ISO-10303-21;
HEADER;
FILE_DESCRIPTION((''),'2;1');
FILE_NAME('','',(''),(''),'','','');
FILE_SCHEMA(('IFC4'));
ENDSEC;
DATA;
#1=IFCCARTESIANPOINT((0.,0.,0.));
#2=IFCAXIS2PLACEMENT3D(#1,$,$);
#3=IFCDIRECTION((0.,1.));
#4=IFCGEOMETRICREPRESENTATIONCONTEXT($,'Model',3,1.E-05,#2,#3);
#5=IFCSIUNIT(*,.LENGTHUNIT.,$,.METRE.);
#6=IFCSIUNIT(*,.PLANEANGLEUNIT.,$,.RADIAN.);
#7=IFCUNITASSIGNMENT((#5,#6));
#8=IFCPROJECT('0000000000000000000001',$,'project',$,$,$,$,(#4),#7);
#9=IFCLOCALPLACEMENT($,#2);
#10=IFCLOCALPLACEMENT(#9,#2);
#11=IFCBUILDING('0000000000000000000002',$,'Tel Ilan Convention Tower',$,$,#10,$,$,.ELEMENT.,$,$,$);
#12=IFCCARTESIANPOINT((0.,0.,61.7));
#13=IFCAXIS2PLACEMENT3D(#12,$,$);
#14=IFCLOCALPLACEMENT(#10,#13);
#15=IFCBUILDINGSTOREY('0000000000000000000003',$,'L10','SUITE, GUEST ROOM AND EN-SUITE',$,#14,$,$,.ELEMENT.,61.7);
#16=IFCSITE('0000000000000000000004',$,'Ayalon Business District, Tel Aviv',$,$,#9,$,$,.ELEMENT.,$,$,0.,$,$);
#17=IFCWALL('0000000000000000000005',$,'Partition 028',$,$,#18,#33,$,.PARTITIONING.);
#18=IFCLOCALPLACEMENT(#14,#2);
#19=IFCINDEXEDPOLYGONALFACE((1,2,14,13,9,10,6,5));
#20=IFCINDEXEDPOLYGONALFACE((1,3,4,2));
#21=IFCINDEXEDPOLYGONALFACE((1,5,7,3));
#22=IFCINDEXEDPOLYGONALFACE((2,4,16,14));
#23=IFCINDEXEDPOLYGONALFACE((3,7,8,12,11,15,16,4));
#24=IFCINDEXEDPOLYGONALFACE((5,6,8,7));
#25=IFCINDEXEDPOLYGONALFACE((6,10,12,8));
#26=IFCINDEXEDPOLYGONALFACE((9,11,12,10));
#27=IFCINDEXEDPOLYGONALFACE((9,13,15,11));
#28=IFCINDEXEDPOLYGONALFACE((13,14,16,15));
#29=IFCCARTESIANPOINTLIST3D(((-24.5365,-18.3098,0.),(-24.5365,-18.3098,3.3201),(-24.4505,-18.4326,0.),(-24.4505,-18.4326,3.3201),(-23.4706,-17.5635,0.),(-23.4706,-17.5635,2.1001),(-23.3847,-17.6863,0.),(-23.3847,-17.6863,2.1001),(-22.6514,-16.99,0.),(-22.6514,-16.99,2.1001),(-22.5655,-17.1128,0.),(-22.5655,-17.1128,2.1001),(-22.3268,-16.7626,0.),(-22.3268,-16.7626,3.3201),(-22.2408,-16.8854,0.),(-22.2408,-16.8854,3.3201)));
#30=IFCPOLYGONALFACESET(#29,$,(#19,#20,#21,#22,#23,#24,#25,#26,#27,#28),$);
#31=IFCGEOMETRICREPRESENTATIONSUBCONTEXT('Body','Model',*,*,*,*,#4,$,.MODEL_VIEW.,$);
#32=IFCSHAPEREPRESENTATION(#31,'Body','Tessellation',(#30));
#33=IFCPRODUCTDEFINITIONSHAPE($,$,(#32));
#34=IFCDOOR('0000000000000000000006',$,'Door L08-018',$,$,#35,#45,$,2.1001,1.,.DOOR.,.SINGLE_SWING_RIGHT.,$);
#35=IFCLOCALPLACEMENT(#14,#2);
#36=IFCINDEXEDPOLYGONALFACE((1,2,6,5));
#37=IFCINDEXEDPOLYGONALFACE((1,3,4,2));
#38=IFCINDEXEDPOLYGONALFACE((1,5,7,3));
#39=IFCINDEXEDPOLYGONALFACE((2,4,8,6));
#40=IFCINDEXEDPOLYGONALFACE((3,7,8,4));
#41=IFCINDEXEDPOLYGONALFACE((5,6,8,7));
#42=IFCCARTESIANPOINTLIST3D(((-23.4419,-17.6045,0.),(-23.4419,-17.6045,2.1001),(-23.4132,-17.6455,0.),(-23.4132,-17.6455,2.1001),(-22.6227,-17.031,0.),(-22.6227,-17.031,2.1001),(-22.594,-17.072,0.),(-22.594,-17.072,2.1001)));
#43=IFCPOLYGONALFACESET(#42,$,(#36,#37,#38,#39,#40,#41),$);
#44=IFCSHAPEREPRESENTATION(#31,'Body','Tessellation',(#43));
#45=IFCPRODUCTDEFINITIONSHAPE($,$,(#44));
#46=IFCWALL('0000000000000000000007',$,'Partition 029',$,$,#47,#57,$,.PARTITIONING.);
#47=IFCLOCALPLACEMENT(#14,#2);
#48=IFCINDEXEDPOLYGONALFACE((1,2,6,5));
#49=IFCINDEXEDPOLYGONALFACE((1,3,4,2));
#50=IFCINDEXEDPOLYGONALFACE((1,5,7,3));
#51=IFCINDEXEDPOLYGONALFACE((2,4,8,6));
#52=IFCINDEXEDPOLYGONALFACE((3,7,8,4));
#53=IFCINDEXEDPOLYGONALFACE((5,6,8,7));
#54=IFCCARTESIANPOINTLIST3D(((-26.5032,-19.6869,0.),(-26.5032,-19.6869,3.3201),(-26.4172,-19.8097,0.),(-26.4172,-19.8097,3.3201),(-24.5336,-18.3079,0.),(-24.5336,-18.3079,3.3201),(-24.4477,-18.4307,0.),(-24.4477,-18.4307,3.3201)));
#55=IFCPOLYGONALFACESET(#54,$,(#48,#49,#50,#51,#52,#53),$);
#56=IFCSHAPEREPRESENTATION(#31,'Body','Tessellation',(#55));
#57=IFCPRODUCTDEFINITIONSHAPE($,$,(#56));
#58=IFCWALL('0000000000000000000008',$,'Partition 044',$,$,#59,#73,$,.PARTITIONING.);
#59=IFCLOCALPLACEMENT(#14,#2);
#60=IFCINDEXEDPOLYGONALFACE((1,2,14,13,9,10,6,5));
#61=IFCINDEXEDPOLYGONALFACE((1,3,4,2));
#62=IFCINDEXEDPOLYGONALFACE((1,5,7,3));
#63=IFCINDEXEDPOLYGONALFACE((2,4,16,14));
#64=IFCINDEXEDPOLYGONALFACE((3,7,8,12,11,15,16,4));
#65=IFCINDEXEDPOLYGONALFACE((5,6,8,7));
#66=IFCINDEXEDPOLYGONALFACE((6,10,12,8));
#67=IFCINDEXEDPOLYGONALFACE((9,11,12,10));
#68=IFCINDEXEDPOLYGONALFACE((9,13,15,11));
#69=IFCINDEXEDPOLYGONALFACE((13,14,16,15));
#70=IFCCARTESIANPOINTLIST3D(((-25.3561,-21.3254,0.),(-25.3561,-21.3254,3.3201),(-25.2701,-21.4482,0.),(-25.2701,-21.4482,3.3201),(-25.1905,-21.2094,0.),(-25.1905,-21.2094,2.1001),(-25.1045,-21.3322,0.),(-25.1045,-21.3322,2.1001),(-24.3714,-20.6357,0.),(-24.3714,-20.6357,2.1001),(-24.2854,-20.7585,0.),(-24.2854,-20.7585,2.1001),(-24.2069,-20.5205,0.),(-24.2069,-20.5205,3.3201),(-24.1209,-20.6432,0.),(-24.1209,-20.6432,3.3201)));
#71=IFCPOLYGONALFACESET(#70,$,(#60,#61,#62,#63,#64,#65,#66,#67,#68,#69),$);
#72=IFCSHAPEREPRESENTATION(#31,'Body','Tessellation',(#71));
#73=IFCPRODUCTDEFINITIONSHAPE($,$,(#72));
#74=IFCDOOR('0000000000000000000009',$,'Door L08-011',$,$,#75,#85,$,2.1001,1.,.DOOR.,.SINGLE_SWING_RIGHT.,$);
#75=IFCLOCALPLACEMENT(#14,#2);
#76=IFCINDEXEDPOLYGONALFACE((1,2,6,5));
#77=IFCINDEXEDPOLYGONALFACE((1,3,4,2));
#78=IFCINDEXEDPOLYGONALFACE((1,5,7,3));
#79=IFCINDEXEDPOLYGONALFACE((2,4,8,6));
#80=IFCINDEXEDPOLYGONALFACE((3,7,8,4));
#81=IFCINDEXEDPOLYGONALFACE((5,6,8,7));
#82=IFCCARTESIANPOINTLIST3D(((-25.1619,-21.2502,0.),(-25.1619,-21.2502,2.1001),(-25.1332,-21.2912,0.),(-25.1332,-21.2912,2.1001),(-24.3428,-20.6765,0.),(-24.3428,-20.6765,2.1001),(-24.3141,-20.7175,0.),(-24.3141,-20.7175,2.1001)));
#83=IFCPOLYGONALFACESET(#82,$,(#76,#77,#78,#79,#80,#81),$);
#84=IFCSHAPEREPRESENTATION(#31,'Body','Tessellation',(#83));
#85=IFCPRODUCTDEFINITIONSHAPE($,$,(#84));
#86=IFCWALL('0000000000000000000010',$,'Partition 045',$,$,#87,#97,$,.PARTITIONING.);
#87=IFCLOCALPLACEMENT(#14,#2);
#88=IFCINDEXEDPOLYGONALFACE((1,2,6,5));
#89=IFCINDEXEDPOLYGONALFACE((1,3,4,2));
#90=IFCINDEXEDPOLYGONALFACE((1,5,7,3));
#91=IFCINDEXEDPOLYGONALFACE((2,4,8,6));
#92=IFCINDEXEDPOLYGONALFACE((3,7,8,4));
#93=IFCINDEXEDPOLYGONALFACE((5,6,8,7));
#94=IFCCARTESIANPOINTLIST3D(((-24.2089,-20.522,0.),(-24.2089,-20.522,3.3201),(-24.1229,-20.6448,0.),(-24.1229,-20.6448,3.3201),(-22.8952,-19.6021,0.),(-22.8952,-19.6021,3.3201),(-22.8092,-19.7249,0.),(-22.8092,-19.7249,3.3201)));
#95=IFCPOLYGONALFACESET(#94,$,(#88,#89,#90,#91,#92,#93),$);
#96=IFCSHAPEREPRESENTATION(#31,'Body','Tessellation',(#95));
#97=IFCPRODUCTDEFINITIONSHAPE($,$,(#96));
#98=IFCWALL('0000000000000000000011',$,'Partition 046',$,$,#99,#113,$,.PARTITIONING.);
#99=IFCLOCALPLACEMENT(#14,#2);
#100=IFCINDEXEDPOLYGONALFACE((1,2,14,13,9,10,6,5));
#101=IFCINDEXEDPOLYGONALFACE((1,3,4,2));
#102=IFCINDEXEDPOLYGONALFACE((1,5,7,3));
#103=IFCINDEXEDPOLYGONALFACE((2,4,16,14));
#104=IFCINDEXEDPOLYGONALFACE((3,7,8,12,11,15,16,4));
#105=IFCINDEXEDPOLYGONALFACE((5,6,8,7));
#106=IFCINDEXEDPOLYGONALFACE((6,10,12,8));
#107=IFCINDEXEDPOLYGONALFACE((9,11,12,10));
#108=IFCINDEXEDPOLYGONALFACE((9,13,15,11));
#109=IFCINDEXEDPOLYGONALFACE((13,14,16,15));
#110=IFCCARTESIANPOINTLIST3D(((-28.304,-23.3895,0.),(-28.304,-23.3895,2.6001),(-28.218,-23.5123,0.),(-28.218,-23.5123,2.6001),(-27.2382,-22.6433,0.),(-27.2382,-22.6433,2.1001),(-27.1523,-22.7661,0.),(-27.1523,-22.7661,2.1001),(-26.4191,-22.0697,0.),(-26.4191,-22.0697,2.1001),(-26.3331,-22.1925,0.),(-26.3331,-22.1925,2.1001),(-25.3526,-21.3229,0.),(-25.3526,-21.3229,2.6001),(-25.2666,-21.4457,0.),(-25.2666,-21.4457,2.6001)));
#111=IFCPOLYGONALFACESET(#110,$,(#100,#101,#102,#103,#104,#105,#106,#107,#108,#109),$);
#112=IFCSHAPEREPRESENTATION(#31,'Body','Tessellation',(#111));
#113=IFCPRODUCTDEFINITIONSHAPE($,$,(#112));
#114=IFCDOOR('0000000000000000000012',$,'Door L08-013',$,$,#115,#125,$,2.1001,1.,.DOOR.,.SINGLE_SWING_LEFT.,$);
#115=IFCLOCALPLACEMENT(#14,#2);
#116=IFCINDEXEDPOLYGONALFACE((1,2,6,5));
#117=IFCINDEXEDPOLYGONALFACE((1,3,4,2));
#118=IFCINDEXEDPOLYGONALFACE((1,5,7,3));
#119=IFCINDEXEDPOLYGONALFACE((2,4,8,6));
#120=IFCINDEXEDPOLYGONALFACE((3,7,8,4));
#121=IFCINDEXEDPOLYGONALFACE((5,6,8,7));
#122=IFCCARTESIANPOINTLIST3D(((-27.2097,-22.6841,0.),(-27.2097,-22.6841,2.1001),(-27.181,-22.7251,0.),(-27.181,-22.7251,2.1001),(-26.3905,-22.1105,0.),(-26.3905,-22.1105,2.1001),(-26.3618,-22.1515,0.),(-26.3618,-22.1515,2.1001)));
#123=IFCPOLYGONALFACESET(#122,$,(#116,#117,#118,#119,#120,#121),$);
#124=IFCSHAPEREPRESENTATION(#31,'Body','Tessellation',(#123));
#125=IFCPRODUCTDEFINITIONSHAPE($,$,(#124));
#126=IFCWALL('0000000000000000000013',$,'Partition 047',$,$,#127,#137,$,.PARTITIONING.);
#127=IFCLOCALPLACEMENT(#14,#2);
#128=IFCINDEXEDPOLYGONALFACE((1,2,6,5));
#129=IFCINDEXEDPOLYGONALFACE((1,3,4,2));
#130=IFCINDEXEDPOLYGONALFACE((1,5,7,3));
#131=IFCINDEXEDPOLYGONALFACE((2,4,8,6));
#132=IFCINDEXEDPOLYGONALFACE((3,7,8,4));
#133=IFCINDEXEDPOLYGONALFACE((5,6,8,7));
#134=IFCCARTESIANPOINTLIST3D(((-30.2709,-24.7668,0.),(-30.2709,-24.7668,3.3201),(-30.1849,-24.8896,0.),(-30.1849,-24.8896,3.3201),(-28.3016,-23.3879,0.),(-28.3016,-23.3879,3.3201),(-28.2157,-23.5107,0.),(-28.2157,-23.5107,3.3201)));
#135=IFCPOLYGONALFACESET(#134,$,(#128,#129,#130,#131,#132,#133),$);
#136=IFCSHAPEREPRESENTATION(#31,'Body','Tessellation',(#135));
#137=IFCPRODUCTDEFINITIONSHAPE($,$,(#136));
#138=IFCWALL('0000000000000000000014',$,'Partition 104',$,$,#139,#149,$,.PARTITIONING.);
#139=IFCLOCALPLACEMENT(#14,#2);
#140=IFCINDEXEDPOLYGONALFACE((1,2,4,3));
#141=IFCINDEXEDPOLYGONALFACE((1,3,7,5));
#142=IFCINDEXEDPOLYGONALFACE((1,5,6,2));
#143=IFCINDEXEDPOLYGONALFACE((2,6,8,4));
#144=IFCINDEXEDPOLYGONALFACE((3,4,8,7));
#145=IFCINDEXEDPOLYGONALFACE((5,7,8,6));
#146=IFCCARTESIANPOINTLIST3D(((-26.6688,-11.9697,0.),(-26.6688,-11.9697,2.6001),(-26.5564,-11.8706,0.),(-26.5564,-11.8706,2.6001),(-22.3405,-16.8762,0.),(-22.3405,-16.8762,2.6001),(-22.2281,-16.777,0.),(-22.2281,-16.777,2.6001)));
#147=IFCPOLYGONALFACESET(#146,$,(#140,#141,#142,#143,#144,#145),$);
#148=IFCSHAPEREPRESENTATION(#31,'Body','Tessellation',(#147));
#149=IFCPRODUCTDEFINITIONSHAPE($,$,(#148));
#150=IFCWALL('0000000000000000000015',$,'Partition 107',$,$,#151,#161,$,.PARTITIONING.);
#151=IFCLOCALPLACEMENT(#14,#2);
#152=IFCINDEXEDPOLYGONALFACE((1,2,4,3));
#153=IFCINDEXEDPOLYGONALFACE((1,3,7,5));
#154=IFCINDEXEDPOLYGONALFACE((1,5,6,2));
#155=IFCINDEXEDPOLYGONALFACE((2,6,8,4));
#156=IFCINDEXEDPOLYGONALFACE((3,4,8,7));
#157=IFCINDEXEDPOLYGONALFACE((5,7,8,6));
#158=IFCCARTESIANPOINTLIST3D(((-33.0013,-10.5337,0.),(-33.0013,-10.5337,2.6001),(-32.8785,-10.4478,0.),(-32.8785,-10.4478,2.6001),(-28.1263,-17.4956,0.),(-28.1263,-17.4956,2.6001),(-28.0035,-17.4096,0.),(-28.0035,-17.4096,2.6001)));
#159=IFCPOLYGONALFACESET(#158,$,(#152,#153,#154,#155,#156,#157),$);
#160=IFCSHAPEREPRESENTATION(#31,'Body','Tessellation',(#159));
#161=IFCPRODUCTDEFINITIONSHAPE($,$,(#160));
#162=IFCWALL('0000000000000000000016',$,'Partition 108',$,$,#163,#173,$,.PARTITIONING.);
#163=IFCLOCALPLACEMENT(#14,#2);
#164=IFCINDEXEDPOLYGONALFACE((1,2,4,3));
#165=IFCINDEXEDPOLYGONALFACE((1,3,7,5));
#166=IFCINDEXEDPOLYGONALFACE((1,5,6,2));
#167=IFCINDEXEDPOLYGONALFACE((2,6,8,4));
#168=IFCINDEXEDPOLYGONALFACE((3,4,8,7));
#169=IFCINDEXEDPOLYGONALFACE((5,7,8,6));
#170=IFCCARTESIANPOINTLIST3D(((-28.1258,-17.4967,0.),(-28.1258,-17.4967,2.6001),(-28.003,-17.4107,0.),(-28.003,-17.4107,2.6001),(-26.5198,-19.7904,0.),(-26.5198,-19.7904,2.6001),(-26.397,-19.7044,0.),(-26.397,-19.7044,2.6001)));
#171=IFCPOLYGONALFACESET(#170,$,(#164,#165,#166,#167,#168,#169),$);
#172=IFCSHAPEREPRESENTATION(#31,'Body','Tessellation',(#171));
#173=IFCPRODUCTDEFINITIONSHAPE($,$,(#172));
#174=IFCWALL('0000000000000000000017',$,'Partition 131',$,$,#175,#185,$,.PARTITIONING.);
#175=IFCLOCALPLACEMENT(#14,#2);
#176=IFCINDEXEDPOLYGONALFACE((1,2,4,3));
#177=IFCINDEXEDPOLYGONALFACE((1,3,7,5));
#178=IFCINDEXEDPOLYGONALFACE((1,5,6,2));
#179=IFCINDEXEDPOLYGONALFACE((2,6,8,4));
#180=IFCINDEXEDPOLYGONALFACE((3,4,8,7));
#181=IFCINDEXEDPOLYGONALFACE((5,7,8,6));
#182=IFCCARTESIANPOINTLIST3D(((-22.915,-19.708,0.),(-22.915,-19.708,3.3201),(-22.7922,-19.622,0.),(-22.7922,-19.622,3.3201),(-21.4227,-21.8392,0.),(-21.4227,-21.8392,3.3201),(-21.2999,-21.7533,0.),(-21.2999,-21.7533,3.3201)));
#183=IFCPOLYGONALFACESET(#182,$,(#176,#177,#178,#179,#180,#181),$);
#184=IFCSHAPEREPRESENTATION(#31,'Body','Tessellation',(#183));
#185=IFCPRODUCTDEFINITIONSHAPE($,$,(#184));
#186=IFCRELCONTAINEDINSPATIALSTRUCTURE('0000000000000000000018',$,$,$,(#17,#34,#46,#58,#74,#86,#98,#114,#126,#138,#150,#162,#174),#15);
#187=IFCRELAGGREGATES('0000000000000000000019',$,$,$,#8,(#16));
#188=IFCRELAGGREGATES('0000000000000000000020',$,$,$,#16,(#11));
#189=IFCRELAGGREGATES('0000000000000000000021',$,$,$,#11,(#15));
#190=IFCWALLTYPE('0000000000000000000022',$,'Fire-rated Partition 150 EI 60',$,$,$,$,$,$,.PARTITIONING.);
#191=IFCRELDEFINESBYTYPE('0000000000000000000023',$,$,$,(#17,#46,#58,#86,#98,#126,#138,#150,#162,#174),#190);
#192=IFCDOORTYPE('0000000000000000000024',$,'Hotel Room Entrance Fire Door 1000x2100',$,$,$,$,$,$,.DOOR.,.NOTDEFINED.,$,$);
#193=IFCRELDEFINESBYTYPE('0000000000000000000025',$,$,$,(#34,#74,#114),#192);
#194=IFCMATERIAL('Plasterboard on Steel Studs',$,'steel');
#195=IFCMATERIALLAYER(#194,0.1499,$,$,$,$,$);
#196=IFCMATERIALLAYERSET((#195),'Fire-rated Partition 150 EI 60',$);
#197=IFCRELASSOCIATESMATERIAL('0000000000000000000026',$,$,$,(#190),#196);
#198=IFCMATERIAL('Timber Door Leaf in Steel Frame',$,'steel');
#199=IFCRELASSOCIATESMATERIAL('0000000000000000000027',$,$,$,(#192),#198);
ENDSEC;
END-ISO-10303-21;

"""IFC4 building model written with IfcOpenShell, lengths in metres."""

from ifc_helpers import new_model, si_unit, direction, frame, frame_2d, origin, place, context, subcontext, project, spatial, rectangle, extrude, material, layer, layer_set, type_object, element, fill, save


model = new_model("IFC4")

# Units and contexts
model_context = context("Model", 3, precision=1e-05, world=origin(), true_north=direction((0.0, 1.0)))
body_context = subcontext(model_context, "Body", "Model", "MODEL_VIEW")
ifc_project = project(units=[si_unit("LENGTHUNIT", "METRE"), si_unit("PLANEANGLEUNIT", "RADIAN")], contexts=[model_context])

# Site, building, storey
site_placement = place(None, origin())
site = spatial("IfcSite", under=ifc_project, at=site_placement, Name="Ayalon Business District, Tel Aviv", CompositionType="ELEMENT", RefElevation=0.0)
building_placement = place(site_placement, origin())
building = spatial("IfcBuilding", under=site, at=building_placement, Name="Tel Ilan Convention Tower", CompositionType="ELEMENT")
storey_placement = place(building_placement, frame((0.0, 0.0, 61.7)))
storey = spatial("IfcBuildingStorey", under=building, at=storey_placement, Name="L10", Description="SUITE, GUEST ROOM AND EN-SUITE", CompositionType="ELEMENT", Elevation=61.7)

# Wall, opening, door
ifc_material_1 = material(Name="Plasterboard on Steel Studs", Category="steel")
ifc_layer_1 = layer(ifc_material_1, 0.1499)
ifc_layer_set_1 = layer_set([ifc_layer_1], Name="Fire-rated Partition 150 EI 60")
wall_type_1 = type_object("IfcWallType", Name="Fire-rated Partition 150 EI 60", PredefinedType="PARTITIONING", material=ifc_layer_set_1)
wall_1_placement = place(storey_placement, frame((-24.4934, -18.3711, 0.0), z_axis=(0.0, 0.0, 1.0), x_axis=(0.819177, 0.573541, 0.0)))
wall_1 = element("IfcWall", 1, at=wall_1_placement, inside=storey, type_object=wall_type_1, Name="Partition 028", PredefinedType="PARTITIONING", context=body_context, shape_type="SweptSolid", body=[
    extrude(rectangle(XDim=2.6975, YDim=0.1499, at=frame_2d((1.3486, 0.0))), origin(), (0.0, 0.0, 1.0), 3.3201),
])
opening_1_placement = place(wall_1_placement, frame((1.301, 0.0, 0.0)))
opening_1 = element("IfcOpeningElement", 2, at=opening_1_placement, cuts=wall_1, PredefinedType="OPENING", context=body_context, shape_type="SweptSolid", body=[
    extrude(rectangle(XDim=1.0, YDim=2.1001, at=frame_2d((0.5, 1.05))), frame((0.0, 0.085, 0.0), z_axis=(0.0, -1.0, 0.0), x_axis=(1.0, 0.0, 0.0)), (0.0, 0.0, 1.0), 0.1699),
])
ifc_material_2 = material(Name="Timber Door Leaf in Steel Frame", Category="steel")
door_type_1 = type_object("IfcDoorType", Name="Hotel Room Entrance Fire Door 1000x2100", OperationType="NOTDEFINED", PredefinedType="DOOR", material=ifc_material_2)
door_1_placement = place(opening_1_placement, origin())
door_1 = element("IfcDoor", 3, at=door_1_placement, inside=storey, type_object=door_type_1, Name="Door L08-018", OperationType="SINGLE_SWING_RIGHT", OverallHeight=2.1001, OverallWidth=1.0, PredefinedType="DOOR", context=body_context, shape_type="SweptSolid", body=[
    extrude(rectangle(XDim=1.0, YDim=2.1001, at=frame_2d((0.5, 1.05))), frame((0.0, 0.0249, 0.0), z_axis=(0.0, -1.0, 0.0), x_axis=(1.0, 0.0, 0.0)), (0.0, 0.0, 1.0), 0.05),
])
fill(opening_1, door_1)

# Wall
wall_2_placement = place(storey_placement, frame((-26.4602, -19.7483, 0.0), z_axis=(0.0, 0.0, 1.0), x_axis=(0.819179, 0.573537, 0.0)))
element("IfcWall", 4, at=wall_2_placement, inside=storey, type_object=wall_type_1, Name="Partition 029", PredefinedType="PARTITIONING", context=body_context, shape_type="SweptSolid", body=[
    extrude(rectangle(XDim=2.4043, YDim=0.1499, at=frame_2d((1.2021, 0.0))), origin(), (0.0, 0.0, 1.0), 3.3201),
])

# Wall, opening, door
wall_3_placement = place(storey_placement, frame((-24.1638, -20.5818, 0.0), z_axis=(0.0, 0.0, 1.0), x_axis=(-0.81906, -0.573708, 0.0)))
wall_3 = element("IfcWall", 5, at=wall_3_placement, inside=storey, type_object=wall_type_1, Name="Partition 044", PredefinedType="PARTITIONING", context=body_context, shape_type="SweptSolid", body=[
    extrude(rectangle(XDim=1.4031, YDim=0.1499, at=frame_2d((0.7017, 0.0))), origin(), (0.0, 0.0, 1.0), 3.3201),
])
opening_2_placement = place(wall_3_placement, frame((0.2009, 0.0, 0.0)))
opening_2 = element("IfcOpeningElement", 6, at=opening_2_placement, cuts=wall_3, PredefinedType="OPENING", context=body_context, shape_type="SweptSolid", body=[
    extrude(rectangle(XDim=1.0, YDim=2.1001, at=frame_2d((0.5, 1.05))), frame((0.0, 0.085, 0.0), z_axis=(0.0, -1.0, 0.0), x_axis=(1.0, 0.0, 0.0)), (0.0, 0.0, 1.0), 0.1699),
])
door_2_placement = place(opening_2_placement, origin())
door_2 = element("IfcDoor", 7, at=door_2_placement, inside=storey, type_object=door_type_1, Name="Door L08-011", OperationType="SINGLE_SWING_RIGHT", OverallHeight=2.1001, OverallWidth=1.0, PredefinedType="DOOR", context=body_context, shape_type="SweptSolid", body=[
    extrude(rectangle(XDim=1.0, YDim=2.1001, at=frame_2d((0.5, 1.05))), frame((0.0, 0.0249, 0.0), z_axis=(0.0, -1.0, 0.0), x_axis=(1.0, 0.0, 0.0)), (0.0, 0.0, 1.0), 0.05),
])
fill(opening_2, door_2)

# Wall
wall_4_placement = place(storey_placement, frame((-22.8523, -19.6636, 0.0), z_axis=(0.0, 0.0, 1.0), x_axis=(-0.819139, -0.573595, 0.0)))
element("IfcWall", 8, at=wall_4_placement, inside=storey, type_object=wall_type_1, Name="Partition 045", PredefinedType="PARTITIONING", context=body_context, shape_type="SweptSolid", body=[
    extrude(rectangle(XDim=1.6038, YDim=0.1499, at=frame_2d((0.8018, 0.0))), origin(), (0.0, 0.0, 1.0), 3.3201),
])

# Wall, opening, door
wall_5_placement = place(storey_placement, frame((-25.3096, -21.3843, 0.0), z_axis=(0.0, 0.0, 1.0), x_axis=(-0.819146, -0.573585, 0.0)))
wall_5 = element("IfcWall", 9, at=wall_5_placement, inside=storey, type_object=wall_type_1, Name="Partition 046", PredefinedType="PARTITIONING", context=body_context, shape_type="SweptSolid", body=[
    extrude(rectangle(XDim=3.603, YDim=0.1499, at=frame_2d((1.8015, 0.0))), origin(), (0.0, 0.0, 1.0), 2.6001),
])
opening_3_placement = place(wall_5_placement, frame((1.302, 0.0, 0.0)))
opening_3 = element("IfcOpeningElement", 10, at=opening_3_placement, cuts=wall_5, PredefinedType="OPENING", context=body_context, shape_type="SweptSolid", body=[
    extrude(rectangle(XDim=1.0, YDim=2.1001, at=frame_2d((0.5, 1.05))), frame((0.0, 0.085, 0.0), z_axis=(0.0, -1.0, 0.0), x_axis=(1.0, 0.0, 0.0)), (0.0, 0.0, 1.0), 0.1699),
])
door_3_placement = place(opening_3_placement, origin())
door_3 = element("IfcDoor", 11, at=door_3_placement, inside=storey, type_object=door_type_1, Name="Door L08-013", OperationType="SINGLE_SWING_LEFT", OverallHeight=2.1001, OverallWidth=1.0, PredefinedType="DOOR", context=body_context, shape_type="SweptSolid", body=[
    extrude(rectangle(XDim=1.0, YDim=2.1001, at=frame_2d((0.5, 1.05))), frame((0.0, 0.0249, 0.0), z_axis=(0.0, -1.0, 0.0), x_axis=(1.0, 0.0, 0.0)), (0.0, 0.0, 1.0), 0.05),
])
fill(opening_3, door_3)

# Walls
wall_6_placement = place(storey_placement, frame((-28.2585, -23.4492, 0.0), z_axis=(0.0, 0.0, 1.0), x_axis=(-0.819146, -0.573585, 0.0)))
element("IfcWall", 12, at=wall_6_placement, inside=storey, type_object=wall_type_1, Name="Partition 047", PredefinedType="PARTITIONING", context=body_context, shape_type="SweptSolid", body=[
    extrude(rectangle(XDim=2.4041, YDim=0.1499, at=frame_2d((1.2021, 0.0))), origin(), (0.0, 0.0, 1.0), 3.3201),
])
wall_7_placement = place(storey_placement, frame((-22.2842, -16.8267, 0.0), z_axis=(0.0, 0.0, 1.0), x_axis=(-0.661545, 0.749905, 0.0)))
element("IfcWall", 13, at=wall_7_placement, inside=storey, type_object=wall_type_1, Name="Partition 104", PredefinedType="PARTITIONING", context=body_context, shape_type="SweptSolid", body=[
    extrude(rectangle(XDim=6.5427, YDim=0.1499, at=frame_2d((3.2715, 0.0))), origin(), (0.0, 0.0, 1.0), 2.6001),
])
wall_8_placement = place(storey_placement, frame((-28.0649, -17.4526, 0.0), z_axis=(0.0, 0.0, 1.0), x_axis=(-0.573593, 0.81914, 0.0)))
element("IfcWall", 14, at=wall_8_placement, inside=storey, type_object=wall_type_1, Name="Partition 107", PredefinedType="PARTITIONING", context=body_context, shape_type="SweptSolid", body=[
    extrude(rectangle(XDim=8.499, YDim=0.1499, at=frame_2d((4.2495, 0.0))), origin(), (0.0, 0.0, 1.0), 2.6001),
])
wall_9_placement = place(storey_placement, frame((-26.4585, -19.7473, 0.0), z_axis=(0.0, 0.0, 1.0), x_axis=(-0.57355, 0.81917, 0.0)))
element("IfcWall", 15, at=wall_9_placement, inside=storey, type_object=wall_type_1, Name="Partition 108", PredefinedType="PARTITIONING", context=body_context, shape_type="SweptSolid", body=[
    extrude(rectangle(XDim=2.8, YDim=0.1499, at=frame_2d((1.3999, 0.0))), origin(), (0.0, 0.0, 1.0), 2.6001),
])
wall_10_placement = place(storey_placement, frame((-21.3613, -21.7961, 0.0), z_axis=(0.0, 0.0, 1.0), x_axis=(-0.573588, 0.819144, 0.0)))
element("IfcWall", 16, at=wall_10_placement, inside=storey, type_object=wall_type_1, Name="Partition 131", PredefinedType="PARTITIONING", context=body_context, shape_type="SweptSolid", body=[
    extrude(rectangle(XDim=2.6018, YDim=0.1499, at=frame_2d((1.3008, 0.0))), origin(), (0.0, 0.0, 1.0), 3.3201),
])

save(model, "model.ifc")
